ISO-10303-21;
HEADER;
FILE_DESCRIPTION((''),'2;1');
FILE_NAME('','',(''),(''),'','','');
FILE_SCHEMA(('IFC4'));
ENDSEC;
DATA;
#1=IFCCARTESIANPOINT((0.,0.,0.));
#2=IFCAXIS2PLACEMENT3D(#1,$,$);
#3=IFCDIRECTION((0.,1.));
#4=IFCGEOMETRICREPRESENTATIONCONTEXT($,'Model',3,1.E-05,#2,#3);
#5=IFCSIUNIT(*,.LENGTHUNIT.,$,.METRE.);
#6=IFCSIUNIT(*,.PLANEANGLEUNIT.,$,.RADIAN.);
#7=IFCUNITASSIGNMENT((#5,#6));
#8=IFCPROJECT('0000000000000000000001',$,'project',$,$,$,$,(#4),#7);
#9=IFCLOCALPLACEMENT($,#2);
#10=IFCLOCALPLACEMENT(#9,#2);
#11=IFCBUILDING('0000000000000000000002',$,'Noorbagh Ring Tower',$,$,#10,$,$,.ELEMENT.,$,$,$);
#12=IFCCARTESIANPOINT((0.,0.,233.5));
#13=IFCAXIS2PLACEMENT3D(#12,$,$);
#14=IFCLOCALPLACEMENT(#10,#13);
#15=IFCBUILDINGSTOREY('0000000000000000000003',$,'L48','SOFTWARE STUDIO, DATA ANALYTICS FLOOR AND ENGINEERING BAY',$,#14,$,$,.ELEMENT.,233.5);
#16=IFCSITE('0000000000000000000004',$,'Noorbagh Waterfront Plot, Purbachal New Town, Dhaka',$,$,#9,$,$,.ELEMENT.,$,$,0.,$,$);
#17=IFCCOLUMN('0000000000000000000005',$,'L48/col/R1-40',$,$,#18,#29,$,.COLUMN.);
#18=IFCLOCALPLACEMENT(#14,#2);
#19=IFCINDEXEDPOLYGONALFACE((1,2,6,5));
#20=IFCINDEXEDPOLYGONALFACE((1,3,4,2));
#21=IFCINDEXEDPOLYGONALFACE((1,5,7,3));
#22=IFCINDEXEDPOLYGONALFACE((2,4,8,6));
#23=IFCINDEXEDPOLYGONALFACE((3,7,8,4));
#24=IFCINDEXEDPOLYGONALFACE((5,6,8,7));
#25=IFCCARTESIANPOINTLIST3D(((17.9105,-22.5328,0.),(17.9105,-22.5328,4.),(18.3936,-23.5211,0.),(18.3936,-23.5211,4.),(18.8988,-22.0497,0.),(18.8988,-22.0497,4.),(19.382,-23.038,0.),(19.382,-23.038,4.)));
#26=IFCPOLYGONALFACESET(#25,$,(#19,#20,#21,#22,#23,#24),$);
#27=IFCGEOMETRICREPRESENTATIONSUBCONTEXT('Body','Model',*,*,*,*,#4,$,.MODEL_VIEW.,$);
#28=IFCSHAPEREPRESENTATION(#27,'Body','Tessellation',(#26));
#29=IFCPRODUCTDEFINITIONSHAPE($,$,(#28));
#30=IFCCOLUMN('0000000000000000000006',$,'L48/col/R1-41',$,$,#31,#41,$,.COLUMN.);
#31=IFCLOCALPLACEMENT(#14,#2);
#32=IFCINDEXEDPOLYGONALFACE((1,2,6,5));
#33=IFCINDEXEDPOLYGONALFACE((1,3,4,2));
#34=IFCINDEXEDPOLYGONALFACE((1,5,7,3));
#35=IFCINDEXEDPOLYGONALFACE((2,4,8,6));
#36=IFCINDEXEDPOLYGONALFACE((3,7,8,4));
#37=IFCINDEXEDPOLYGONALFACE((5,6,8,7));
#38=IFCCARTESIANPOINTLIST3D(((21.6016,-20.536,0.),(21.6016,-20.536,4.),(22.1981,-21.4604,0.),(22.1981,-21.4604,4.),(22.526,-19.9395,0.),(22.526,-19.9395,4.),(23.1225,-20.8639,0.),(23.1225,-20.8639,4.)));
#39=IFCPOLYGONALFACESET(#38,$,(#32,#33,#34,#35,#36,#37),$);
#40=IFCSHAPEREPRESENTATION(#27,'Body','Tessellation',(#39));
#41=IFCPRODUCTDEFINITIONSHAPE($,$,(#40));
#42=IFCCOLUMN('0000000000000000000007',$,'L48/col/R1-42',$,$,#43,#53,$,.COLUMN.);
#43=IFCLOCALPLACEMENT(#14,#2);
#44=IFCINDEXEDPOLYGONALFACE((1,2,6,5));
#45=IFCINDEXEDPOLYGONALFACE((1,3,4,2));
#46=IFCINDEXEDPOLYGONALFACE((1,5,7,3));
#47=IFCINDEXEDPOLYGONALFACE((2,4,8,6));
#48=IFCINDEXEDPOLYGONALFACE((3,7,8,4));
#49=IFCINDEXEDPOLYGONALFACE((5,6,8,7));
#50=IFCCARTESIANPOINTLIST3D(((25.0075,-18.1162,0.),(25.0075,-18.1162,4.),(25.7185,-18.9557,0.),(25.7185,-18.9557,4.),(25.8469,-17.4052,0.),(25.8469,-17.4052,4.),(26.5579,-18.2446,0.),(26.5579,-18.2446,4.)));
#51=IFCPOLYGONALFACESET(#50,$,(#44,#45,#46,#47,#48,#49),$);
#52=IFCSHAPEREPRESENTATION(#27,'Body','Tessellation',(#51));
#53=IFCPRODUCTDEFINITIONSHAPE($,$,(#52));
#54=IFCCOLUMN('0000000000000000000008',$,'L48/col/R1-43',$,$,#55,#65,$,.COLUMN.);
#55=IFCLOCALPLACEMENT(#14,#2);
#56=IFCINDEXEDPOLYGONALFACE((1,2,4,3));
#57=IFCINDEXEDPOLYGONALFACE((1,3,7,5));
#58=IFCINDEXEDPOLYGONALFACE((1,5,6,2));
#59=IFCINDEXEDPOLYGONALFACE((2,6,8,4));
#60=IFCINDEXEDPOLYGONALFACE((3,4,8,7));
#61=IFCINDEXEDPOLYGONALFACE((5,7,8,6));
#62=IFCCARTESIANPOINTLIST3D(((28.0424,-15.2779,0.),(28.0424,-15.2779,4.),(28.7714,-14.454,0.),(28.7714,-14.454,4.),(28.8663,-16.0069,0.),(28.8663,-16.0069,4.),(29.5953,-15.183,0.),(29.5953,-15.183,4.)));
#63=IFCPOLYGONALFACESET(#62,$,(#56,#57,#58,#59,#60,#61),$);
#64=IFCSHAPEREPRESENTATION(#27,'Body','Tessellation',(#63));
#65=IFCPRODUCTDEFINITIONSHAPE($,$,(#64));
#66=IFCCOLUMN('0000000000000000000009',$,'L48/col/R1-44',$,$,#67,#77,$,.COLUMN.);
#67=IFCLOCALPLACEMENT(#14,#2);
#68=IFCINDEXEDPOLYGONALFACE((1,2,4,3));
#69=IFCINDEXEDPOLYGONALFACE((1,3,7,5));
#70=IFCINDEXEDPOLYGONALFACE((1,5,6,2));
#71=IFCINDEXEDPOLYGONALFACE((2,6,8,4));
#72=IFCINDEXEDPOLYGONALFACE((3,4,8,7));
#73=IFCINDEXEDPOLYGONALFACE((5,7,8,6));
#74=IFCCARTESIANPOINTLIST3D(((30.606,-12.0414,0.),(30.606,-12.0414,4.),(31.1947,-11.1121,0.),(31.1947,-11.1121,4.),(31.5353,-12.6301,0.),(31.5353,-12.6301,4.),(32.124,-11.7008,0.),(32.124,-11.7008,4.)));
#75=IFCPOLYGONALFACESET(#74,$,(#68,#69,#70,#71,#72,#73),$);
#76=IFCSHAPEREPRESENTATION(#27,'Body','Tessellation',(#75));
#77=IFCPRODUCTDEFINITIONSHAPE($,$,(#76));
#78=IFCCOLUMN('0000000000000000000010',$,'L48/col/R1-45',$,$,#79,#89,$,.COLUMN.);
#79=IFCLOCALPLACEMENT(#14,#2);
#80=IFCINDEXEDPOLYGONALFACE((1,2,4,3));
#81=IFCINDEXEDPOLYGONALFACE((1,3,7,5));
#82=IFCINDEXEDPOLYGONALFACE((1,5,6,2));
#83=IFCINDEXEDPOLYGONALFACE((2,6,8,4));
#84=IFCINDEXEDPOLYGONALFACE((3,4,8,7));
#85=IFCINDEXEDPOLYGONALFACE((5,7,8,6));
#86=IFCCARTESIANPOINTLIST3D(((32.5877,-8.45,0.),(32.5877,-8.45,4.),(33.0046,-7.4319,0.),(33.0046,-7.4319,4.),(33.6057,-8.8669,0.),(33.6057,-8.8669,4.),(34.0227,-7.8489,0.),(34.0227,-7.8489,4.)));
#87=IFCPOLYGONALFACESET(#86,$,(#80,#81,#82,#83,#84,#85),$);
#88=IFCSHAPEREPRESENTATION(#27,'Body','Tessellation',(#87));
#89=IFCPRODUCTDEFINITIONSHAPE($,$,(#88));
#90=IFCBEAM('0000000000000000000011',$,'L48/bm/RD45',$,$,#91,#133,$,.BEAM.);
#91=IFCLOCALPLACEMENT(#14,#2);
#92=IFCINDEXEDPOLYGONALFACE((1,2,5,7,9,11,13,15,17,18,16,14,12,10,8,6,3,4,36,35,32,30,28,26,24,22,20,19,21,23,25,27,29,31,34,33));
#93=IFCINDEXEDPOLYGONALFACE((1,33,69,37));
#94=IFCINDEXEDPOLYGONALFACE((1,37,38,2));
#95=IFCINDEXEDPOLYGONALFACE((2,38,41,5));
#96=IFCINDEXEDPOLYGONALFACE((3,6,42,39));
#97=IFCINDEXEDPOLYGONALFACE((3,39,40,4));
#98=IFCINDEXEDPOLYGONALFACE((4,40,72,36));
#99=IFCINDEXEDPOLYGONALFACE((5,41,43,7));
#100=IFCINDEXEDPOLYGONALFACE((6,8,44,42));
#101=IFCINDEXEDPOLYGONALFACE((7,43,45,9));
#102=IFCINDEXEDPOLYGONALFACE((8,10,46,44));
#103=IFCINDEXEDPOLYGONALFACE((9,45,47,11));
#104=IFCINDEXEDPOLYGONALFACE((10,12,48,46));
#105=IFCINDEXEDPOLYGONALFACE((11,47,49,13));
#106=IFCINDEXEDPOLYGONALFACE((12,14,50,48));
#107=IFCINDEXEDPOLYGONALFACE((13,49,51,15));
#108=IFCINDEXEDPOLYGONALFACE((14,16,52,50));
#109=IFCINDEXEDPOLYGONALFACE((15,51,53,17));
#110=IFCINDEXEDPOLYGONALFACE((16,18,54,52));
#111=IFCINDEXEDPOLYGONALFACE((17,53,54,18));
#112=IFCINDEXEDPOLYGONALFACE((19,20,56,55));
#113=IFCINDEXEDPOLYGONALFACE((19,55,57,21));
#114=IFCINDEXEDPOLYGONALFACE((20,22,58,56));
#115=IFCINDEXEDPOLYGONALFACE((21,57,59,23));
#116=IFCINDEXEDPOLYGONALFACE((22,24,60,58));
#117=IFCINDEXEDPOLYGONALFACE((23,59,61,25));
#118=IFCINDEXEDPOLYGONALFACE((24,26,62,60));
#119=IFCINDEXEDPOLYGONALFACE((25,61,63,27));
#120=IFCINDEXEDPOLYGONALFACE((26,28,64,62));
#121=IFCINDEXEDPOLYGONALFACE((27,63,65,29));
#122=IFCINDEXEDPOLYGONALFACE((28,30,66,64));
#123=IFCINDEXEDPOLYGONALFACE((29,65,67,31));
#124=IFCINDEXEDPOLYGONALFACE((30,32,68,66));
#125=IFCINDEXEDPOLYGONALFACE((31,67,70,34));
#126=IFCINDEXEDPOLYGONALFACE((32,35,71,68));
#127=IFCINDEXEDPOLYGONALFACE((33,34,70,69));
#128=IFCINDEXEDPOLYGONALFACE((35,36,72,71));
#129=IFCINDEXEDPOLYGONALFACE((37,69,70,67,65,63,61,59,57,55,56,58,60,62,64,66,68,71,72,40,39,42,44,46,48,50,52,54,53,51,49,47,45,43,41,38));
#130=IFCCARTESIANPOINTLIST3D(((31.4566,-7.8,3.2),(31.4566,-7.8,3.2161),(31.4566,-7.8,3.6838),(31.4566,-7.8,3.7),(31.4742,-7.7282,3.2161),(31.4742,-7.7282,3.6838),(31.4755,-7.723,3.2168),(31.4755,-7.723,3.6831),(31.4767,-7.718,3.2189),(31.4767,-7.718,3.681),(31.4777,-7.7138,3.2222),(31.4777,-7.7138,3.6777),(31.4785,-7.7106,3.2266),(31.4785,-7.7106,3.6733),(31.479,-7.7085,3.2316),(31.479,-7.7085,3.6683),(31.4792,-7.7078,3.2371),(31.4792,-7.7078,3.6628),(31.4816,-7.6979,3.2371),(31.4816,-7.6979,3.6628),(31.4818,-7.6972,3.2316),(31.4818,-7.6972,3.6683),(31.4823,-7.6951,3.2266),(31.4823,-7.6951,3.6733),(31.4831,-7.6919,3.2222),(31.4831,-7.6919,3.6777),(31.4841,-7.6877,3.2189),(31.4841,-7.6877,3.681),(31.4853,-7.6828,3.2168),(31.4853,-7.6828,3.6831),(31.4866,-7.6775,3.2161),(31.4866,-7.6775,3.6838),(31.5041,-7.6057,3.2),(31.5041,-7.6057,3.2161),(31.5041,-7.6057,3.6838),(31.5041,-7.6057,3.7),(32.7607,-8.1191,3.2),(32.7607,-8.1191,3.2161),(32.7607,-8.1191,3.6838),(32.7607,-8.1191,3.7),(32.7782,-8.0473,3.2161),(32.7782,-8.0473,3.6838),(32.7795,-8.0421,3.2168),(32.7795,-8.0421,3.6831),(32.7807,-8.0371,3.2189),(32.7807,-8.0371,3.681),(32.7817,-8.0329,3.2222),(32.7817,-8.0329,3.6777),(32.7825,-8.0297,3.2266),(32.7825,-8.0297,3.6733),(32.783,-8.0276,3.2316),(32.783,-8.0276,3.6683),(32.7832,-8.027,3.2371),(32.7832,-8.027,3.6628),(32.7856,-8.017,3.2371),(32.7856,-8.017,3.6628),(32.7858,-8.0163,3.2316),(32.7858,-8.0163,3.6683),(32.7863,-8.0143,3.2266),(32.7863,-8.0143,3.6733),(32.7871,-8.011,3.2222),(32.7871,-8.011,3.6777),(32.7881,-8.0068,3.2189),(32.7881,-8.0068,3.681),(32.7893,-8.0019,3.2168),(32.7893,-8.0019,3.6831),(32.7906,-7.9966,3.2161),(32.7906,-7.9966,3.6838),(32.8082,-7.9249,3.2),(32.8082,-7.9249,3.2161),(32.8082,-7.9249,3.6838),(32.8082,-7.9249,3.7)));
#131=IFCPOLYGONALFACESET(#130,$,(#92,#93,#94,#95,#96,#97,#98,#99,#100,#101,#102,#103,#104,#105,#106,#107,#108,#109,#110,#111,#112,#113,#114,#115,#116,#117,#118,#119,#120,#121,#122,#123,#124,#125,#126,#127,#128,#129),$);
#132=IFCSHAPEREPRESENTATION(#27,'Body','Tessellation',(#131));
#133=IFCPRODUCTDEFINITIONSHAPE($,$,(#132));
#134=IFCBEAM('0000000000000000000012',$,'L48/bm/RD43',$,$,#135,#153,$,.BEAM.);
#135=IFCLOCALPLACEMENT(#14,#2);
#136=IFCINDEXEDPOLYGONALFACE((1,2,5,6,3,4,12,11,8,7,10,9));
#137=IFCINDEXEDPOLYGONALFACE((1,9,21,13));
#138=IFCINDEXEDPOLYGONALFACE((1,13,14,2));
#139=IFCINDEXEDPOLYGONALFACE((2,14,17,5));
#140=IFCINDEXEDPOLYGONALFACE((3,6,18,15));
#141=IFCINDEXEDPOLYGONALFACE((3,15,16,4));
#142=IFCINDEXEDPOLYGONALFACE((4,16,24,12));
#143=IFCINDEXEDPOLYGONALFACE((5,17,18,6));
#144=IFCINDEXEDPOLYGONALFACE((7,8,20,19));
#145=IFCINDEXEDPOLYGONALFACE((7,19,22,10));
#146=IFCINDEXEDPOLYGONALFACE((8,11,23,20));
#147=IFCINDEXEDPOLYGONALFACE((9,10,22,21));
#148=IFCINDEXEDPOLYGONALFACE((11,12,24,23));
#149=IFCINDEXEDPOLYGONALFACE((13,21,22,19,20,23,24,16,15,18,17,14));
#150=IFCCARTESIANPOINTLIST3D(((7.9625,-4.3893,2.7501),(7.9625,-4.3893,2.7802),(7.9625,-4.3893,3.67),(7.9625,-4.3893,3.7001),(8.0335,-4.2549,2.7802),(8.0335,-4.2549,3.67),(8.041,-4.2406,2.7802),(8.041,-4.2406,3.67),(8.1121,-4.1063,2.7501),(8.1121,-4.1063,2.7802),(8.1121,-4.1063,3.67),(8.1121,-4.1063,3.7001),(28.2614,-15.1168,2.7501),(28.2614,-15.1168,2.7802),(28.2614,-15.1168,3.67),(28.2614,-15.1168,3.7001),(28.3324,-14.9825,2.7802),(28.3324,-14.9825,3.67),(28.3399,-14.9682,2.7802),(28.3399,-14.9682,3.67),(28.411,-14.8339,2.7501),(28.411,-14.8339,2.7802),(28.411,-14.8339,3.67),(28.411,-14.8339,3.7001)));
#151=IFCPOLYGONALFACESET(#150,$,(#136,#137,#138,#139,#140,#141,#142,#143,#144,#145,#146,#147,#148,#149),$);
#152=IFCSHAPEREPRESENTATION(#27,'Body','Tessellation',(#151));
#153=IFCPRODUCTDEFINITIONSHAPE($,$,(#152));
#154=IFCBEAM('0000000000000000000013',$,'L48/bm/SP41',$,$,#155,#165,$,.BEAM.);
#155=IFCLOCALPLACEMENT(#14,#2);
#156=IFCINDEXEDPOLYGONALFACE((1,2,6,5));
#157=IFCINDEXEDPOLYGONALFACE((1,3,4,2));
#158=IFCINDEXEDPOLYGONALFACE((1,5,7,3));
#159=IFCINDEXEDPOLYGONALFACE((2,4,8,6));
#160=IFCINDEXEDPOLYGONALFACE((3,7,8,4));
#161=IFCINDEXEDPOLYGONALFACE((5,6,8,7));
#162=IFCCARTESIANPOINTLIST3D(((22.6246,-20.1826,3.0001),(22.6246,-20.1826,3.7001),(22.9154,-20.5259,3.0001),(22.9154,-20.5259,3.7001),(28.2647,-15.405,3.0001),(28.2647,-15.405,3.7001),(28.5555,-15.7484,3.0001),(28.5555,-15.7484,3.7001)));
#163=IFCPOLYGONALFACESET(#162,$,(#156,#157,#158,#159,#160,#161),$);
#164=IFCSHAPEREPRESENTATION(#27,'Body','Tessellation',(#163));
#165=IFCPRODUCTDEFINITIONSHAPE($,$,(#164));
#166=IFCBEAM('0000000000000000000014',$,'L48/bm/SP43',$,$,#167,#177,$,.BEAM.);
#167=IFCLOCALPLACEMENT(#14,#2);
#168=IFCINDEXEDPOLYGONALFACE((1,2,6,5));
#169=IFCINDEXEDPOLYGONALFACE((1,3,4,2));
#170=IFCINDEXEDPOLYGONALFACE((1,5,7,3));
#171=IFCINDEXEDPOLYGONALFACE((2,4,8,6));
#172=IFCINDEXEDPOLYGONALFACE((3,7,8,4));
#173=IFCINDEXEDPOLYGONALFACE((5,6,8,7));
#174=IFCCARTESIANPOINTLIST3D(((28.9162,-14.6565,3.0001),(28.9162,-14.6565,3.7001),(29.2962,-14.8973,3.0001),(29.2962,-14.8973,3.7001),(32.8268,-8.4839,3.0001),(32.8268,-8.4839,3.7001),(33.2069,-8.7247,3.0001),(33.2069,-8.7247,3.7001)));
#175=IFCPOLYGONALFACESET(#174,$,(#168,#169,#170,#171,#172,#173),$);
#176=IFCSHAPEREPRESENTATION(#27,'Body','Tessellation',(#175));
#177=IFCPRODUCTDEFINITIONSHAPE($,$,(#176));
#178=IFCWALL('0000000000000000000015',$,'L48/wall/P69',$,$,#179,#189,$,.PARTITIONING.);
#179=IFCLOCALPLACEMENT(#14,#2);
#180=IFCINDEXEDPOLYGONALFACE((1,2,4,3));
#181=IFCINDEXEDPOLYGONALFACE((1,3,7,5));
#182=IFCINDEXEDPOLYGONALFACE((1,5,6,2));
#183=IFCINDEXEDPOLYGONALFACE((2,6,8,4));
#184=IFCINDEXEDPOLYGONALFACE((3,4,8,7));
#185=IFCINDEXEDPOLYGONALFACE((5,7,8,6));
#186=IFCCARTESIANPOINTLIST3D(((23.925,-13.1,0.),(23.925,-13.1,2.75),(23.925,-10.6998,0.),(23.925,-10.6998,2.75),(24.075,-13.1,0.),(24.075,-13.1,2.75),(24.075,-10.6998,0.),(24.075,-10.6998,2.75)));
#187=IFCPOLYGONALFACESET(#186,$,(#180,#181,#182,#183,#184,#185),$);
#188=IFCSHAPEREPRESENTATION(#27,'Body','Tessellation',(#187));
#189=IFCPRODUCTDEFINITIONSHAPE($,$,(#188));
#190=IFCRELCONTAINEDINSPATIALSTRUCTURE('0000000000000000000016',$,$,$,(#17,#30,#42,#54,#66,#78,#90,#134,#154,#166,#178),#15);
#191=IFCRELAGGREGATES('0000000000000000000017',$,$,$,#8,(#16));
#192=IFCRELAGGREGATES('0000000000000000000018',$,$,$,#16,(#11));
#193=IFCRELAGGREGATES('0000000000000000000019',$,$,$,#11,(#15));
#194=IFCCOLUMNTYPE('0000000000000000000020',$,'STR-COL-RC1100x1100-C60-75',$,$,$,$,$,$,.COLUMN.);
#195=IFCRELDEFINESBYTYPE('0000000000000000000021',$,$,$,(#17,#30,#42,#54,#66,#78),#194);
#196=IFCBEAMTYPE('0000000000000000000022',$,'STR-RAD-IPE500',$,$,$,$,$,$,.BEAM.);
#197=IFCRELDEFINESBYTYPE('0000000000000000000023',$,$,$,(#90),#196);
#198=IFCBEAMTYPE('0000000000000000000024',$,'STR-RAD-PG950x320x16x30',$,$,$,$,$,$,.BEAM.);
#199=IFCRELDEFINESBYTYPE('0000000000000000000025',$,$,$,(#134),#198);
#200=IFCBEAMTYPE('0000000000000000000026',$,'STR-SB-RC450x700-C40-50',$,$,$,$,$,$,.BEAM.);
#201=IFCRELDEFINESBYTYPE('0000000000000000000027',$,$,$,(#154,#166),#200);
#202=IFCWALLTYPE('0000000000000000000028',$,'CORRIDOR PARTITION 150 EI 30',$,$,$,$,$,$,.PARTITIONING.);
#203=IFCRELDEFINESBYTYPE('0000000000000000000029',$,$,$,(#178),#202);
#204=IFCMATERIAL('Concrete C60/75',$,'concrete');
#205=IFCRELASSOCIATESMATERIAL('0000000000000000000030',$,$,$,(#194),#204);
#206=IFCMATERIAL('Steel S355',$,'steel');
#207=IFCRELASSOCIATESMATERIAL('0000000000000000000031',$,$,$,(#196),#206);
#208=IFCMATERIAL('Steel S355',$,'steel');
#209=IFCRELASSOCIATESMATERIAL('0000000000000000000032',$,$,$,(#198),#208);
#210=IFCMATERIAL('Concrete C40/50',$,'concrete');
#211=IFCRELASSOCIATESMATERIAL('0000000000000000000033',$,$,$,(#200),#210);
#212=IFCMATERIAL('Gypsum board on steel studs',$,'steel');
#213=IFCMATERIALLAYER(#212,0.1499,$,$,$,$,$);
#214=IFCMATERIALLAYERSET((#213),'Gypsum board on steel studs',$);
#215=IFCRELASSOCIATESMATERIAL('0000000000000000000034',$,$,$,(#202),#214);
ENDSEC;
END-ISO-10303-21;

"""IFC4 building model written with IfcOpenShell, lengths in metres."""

from ifc_helpers import new_model, si_unit, direction, frame, frame_2d, origin, origin_2d, place, context, subcontext, project, spatial, rectangle, i_section, extrude, material, layer, layer_set, material_profile, profile_set, type_object, element, save


model = new_model("IFC4")

# Units and contexts
model_context = context("Model", 3, precision=1e-05, world=origin(), true_north=direction((0.0, 1.0)))
body_context = subcontext(model_context, "Body", "Model", "MODEL_VIEW")
ifc_project = project(units=[si_unit("LENGTHUNIT", "METRE"), si_unit("PLANEANGLEUNIT", "RADIAN")], contexts=[model_context])

# Site, building, storey
site_placement = place(None, origin())
site = spatial("IfcSite", under=ifc_project, at=site_placement, Name="Noorbagh Waterfront Plot, Purbachal New Town, Dhaka", CompositionType="ELEMENT", RefElevation=0.0)
building_placement = place(site_placement, origin())
building = spatial("IfcBuilding", under=site, at=building_placement, Name="Noorbagh Ring Tower", CompositionType="ELEMENT")
storey_placement = place(building_placement, frame((0.0, 0.0, 233.5)))
storey = spatial("IfcBuildingStorey", under=building, at=storey_placement, Name="L48", Description="SOFTWARE STUDIO, DATA ANALYTICS FLOOR AND ENGINEERING BAY", CompositionType="ELEMENT", Elevation=233.5)

# Columns
ifc_material_1 = material(Name="Concrete C60/75", Category="concrete")
ifc_material_profile_1 = material_profile(ifc_material_1, rectangle(XDim=1.1001, YDim=1.1001, at=origin_2d()), Name="RC1100x1100")
ifc_profile_set_1 = profile_set([ifc_material_profile_1], Name="Concrete C60/75")
column_type = type_object("IfcColumnType", Name="STR-COL-RC1100x1100-C60-75", PredefinedType="COLUMN", material=ifc_profile_set_1)
for number, where, z_axis, x_axis, name in (
    (1, (18.6462, -22.7854, 0.0), (0.0, 0.0, 1.0), (0.898399, 0.43918, 0.0), "L48/col/R1-40"),
    (2, (22.3621, -20.7, 0.0), (0.0, 0.0, 1.0), (0.840248, 0.542203, 0.0), "L48/col/R1-41"),
    (3, (25.7827, -18.1804, 0.0), (0.0, 0.0, 1.0), (0.763035, 0.646357, 0.0), "L48/col/R1-42"),
    (4, (28.8188, -15.2305, 0.0), (0.0, 0.0, 1.0), (0.662636, 0.748942, 0.0), "L48/col/R1-43"),
    (5, (31.365, -11.8711, 0.0), (0.0, 0.0, 1.0), (0.53519, 0.844731, 0.0), "L48/col/R1-44"),
    (6, (33.3052, -8.1494, 0.0), (0.0, 0.0, 1.0), (0.378989, 0.925401, 0.0), "L48/col/R1-45"),
):
    element("IfcColumn", number, at=place(storey_placement, frame(where, z_axis=z_axis, x_axis=x_axis)), inside=storey, type_object=column_type, Name=name, PredefinedType="COLUMN", context=body_context, shape_type="SweptSolid", body=[
        extrude(rectangle(XDim=1.1001, YDim=1.1001, at=origin_2d()), origin(), (0.0, 0.0, 1.0), 4.0),
    ])

# Beams
ifc_material_2 = material(Name="Steel S355", Category="steel")
ifc_material_profile_2 = material_profile(ifc_material_2, i_section(OverallWidth=0.2, OverallDepth=0.5, WebThickness=0.0103, FlangeThickness=0.0161, FilletRadius=0.021, at=origin_2d()), Name="IPE500")
ifc_profile_set_2 = profile_set([ifc_material_profile_2], Name="Steel S355")
beam_type_1 = type_object("IfcBeamType", Name="STR-RAD-IPE500", PredefinedType="BEAM", material=ifc_profile_set_2)
beam_1_placement = place(storey_placement, frame((32.7844, -8.022, 3.45), z_axis=(-0.971339, 0.237697, 0.0), x_axis=(-0.237697, -0.971339, 0.0)))
element("IfcBeam", 7, at=beam_1_placement, inside=storey, type_object=beam_type_1, Name="L48/bm/RD45", PredefinedType="BEAM", context=body_context, shape_type="SweptSolid", body=[
    extrude(i_section(OverallWidth=0.2, OverallDepth=0.5, WebThickness=0.0103, FlangeThickness=0.0161, FilletRadius=0.021, at=origin_2d()), origin(), (0.0, 0.0, 1.0), 1.3425),
])
ifc_material_3 = material(Name="Steel S355", Category="steel")
ifc_material_profile_3 = material_profile(ifc_material_3, i_section(OverallWidth=0.3201, OverallDepth=0.95, WebThickness=0.0161, FlangeThickness=0.03, at=origin_2d()), Name="PG950x320x16x30")
ifc_profile_set_3 = profile_set([ifc_material_profile_3], Name="Steel S355")
beam_type_2 = type_object("IfcBeamType", Name="STR-RAD-PG950x320x16x30", PredefinedType="BEAM", material=ifc_profile_set_3)
beam_2_placement = place(storey_placement, frame((28.3362, -14.9753, 3.2251), z_axis=(-0.884128, 0.467245, 0.0), x_axis=(-0.467245, -0.884128, 0.0)))
element("IfcBeam", 8, at=beam_2_placement, inside=storey, type_object=beam_type_2, Name="L48/bm/RD43", PredefinedType="BEAM", context=body_context, shape_type="SweptSolid", body=[
    extrude(i_section(OverallWidth=0.3201, OverallDepth=0.95, WebThickness=0.0161, FlangeThickness=0.03, at=origin_2d()), origin(), (0.0, 0.0, 1.0), 22.9592),
])
ifc_material_4 = material(Name="Concrete C40/50", Category="concrete")
ifc_material_profile_4 = material_profile(ifc_material_4, rectangle(XDim=0.45, YDim=0.7, at=origin_2d()), Name="RC450x700")
ifc_profile_set_4 = profile_set([ifc_material_profile_4], Name="Concrete C40/50")
beam_type_3 = type_object("IfcBeamType", Name="STR-SB-RC450x700-C40-50", PredefinedType="BEAM", material=ifc_profile_set_4)
beam_3_placement = place(storey_placement, frame((22.77, -20.3542, 3.3501), z_axis=(0.763042, 0.646349, 0.0), x_axis=(-0.646349, 0.763042, 0.0)))
element("IfcBeam", 9, at=beam_3_placement, inside=storey, type_object=beam_type_3, Name="L48/bm/SP41", PredefinedType="BEAM", context=body_context, shape_type="SweptSolid", body=[
    extrude(rectangle(XDim=0.45, YDim=0.7, at=origin_2d()), origin(), (0.0, 0.0, 1.0), 7.3916),
])
beam_4_placement = place(storey_placement, frame((29.1062, -14.7769, 3.3501), z_axis=(0.535182, 0.844737, 0.0), x_axis=(-0.844737, 0.535182, 0.0)))
element("IfcBeam", 10, at=beam_4_placement, inside=storey, type_object=beam_type_3, Name="L48/bm/SP43", PredefinedType="BEAM", context=body_context, shape_type="SweptSolid", body=[
    extrude(rectangle(XDim=0.45, YDim=0.7, at=origin_2d()), origin(), (0.0, 0.0, 1.0), 7.3071),
])

# Wall
ifc_material_5 = material(Name="Gypsum board on steel studs", Category="steel")
ifc_layer_1 = layer(ifc_material_5, 0.1499)
ifc_layer_set_1 = layer_set([ifc_layer_1], Name="Gypsum board on steel studs")
wall_type_1 = type_object("IfcWallType", Name="CORRIDOR PARTITION 150 EI 30", PredefinedType="PARTITIONING", material=ifc_layer_set_1)
wall_1_placement = place(storey_placement, frame((24.0, -13.1001, 0.0), z_axis=(0.0, 0.0, 1.0), x_axis=(0.0, 1.0, 0.0)))
element("IfcWall", 11, at=wall_1_placement, inside=storey, type_object=wall_type_1, Name="L48/wall/P69", PredefinedType="PARTITIONING", context=body_context, shape_type="SweptSolid", body=[
    extrude(rectangle(XDim=2.4001, YDim=0.1499, at=frame_2d((1.2002, 0.0))), origin(), (0.0, 0.0, 1.0), 2.75),
])

save(model, "model.ifc")
